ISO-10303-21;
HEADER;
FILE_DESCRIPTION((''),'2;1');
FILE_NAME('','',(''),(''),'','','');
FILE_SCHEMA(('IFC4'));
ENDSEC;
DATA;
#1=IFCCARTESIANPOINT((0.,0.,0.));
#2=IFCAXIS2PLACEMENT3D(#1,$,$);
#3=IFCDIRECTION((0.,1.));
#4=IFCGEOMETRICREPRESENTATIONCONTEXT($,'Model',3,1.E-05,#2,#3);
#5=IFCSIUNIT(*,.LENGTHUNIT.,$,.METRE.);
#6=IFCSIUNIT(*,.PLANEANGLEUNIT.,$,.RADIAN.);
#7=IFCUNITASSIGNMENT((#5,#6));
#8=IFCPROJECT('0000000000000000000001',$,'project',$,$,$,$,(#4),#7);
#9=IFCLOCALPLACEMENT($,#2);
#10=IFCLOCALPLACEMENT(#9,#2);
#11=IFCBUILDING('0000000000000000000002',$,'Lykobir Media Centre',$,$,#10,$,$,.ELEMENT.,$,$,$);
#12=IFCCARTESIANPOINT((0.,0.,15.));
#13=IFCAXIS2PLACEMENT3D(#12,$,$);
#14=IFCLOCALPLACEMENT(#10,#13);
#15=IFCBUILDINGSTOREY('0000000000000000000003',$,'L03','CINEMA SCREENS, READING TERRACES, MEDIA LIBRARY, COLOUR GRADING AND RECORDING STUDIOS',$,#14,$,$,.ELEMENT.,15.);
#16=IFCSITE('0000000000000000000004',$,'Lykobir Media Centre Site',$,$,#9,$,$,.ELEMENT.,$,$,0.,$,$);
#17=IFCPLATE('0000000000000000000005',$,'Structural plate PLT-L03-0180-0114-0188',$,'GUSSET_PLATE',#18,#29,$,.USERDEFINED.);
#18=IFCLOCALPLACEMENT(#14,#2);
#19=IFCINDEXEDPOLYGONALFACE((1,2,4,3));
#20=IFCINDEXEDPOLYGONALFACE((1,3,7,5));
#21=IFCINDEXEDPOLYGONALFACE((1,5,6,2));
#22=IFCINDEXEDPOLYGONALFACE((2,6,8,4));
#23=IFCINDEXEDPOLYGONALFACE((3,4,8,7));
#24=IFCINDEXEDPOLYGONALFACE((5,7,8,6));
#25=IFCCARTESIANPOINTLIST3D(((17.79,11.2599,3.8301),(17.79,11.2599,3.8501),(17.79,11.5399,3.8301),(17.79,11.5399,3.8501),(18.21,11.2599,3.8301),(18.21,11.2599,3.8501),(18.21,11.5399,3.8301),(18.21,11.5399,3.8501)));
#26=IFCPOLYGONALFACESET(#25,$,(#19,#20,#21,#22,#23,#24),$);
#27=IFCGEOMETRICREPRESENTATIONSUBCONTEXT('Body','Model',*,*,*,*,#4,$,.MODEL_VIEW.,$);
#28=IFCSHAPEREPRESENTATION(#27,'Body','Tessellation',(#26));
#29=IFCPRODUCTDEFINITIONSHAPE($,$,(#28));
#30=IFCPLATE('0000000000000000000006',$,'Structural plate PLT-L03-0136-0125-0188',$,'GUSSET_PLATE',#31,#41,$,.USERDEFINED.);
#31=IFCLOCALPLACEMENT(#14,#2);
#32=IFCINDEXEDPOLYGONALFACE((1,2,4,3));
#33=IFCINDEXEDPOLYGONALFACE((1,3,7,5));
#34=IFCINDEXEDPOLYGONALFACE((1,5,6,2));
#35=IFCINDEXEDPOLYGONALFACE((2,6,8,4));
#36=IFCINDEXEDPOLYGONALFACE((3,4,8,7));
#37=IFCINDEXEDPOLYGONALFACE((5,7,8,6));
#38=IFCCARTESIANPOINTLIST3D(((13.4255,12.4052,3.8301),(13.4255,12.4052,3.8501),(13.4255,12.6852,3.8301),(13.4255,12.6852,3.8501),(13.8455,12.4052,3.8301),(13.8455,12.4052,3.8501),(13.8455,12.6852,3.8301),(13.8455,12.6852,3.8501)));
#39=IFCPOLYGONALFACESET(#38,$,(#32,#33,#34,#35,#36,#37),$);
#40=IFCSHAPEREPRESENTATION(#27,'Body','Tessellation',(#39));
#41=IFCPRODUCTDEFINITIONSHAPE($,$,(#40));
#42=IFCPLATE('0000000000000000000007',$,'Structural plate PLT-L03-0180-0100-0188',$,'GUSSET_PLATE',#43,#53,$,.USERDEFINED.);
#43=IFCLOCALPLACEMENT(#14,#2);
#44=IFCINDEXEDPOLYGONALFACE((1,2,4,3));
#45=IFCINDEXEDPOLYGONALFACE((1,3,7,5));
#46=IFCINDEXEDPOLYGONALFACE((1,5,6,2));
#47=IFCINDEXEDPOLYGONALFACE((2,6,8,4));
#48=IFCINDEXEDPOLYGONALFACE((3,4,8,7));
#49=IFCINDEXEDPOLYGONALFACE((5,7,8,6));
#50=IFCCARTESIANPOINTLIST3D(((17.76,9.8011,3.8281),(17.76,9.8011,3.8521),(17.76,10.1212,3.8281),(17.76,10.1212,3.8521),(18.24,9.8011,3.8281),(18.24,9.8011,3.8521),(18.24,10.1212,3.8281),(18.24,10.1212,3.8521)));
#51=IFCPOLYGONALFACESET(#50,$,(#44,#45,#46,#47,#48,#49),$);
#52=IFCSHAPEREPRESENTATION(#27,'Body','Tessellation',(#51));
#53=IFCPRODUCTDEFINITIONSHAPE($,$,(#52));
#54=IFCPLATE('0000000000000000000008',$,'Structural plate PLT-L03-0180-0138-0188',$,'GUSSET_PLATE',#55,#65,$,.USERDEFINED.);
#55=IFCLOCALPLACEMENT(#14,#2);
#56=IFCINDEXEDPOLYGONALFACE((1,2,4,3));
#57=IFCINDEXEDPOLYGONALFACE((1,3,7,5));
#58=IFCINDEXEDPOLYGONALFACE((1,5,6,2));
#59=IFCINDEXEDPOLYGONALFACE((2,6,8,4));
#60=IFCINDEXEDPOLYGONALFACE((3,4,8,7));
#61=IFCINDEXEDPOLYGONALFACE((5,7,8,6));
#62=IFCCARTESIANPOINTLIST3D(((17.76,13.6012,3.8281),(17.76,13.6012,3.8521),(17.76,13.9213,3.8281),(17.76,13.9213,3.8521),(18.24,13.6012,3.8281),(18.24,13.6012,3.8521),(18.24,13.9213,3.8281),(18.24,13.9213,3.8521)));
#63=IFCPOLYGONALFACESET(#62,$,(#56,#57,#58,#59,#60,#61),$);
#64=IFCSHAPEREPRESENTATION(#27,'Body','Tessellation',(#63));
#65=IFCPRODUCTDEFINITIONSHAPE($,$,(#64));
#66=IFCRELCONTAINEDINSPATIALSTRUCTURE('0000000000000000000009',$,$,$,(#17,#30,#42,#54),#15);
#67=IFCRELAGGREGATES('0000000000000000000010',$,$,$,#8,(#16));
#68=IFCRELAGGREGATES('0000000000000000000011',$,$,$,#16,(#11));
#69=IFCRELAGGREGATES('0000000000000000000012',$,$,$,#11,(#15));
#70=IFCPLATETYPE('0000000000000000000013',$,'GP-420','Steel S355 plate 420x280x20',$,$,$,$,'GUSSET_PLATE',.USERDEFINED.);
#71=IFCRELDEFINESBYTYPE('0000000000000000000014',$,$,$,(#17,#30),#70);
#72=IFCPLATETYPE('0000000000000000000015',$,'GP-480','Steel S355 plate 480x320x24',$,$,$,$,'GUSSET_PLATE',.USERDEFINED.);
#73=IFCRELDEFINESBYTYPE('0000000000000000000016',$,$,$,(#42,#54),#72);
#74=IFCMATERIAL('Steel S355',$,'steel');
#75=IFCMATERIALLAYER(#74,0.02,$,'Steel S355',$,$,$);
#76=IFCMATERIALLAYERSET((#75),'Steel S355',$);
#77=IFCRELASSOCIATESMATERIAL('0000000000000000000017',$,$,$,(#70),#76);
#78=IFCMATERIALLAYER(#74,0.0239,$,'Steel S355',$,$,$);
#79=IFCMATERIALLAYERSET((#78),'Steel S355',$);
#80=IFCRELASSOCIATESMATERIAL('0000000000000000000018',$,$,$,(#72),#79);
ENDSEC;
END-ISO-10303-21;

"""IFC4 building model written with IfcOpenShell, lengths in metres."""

from ifc_helpers import new_model, si_unit, direction, frame, origin, origin_2d, place, context, subcontext, project, spatial, rectangle, extrude, material, layer, layer_set, type_object, element, save


model = new_model("IFC4")

# Units and contexts
model_context = context("Model", 3, precision=1e-05, world=origin(), true_north=direction((0.0, 1.0)))
body_context = subcontext(model_context, "Body", "Model", "MODEL_VIEW")
ifc_project = project(units=[si_unit("LENGTHUNIT", "METRE"), si_unit("PLANEANGLEUNIT", "RADIAN")], contexts=[model_context])

# Site, building, storey
site_placement = place(None, origin())
site = spatial("IfcSite", under=ifc_project, at=site_placement, Name="Lykobir Media Centre Site", CompositionType="ELEMENT", RefElevation=0.0)
building_placement = place(site_placement, origin())
building = spatial("IfcBuilding", under=site, at=building_placement, Name="Lykobir Media Centre", CompositionType="ELEMENT")
storey_placement = place(building_placement, frame((0.0, 0.0, 15.0)))
storey = spatial("IfcBuildingStorey", under=building, at=storey_placement, Name="L03", Description="CINEMA SCREENS, READING TERRACES, MEDIA LIBRARY, COLOUR GRADING AND RECORDING STUDIOS", CompositionType="ELEMENT", Elevation=15.0)

# Shared definitions
ifc_material_1 = material(Name="Steel S355", Category="steel")

# Plates
ifc_layer_1 = layer(ifc_material_1, 0.02, Name="Steel S355")
ifc_layer_set_1 = layer_set([ifc_layer_1], Name="Steel S355")
plate_type_1 = type_object("IfcPlateType", Name="GP-420", Description="Steel S355 plate 420x280x20", ElementType="GUSSET_PLATE", PredefinedType="USERDEFINED", material=ifc_layer_set_1)
for number, where, z_axis, x_axis, name in (
    (1, (18.0, 11.3999, 3.8301), (0.0, 0.0, 1.0), (1.0, 0.0, 0.0), "Structural plate PLT-L03-0180-0114-0188"),
    (2, (13.6355, 12.5452, 3.8301), (0.0, 0.0, 1.0), (1.0, 0.0, 0.0), "Structural plate PLT-L03-0136-0125-0188"),
):
    element("IfcPlate", number, at=place(storey_placement, frame(where, z_axis=z_axis, x_axis=x_axis)), inside=storey, type_object=plate_type_1, Name=name, ObjectType="GUSSET_PLATE", PredefinedType="USERDEFINED", context=body_context, shape_type="SweptSolid", body=[
        extrude(rectangle(XDim=0.4199, YDim=0.28, at=origin_2d()), origin(), (0.0, 0.0, 1.0), 0.02),
    ])
ifc_layer_2 = layer(ifc_material_1, 0.0239, Name="Steel S355")
ifc_layer_set_2 = layer_set([ifc_layer_2], Name="Steel S355")
plate_type_2 = type_object("IfcPlateType", Name="GP-480", Description="Steel S355 plate 480x320x24", ElementType="GUSSET_PLATE", PredefinedType="USERDEFINED", material=ifc_layer_set_2)
for number, where, z_axis, x_axis, name in (
    (3, (18.0, 9.9612, 3.8281), (0.0, 0.0, 1.0), (1.0, 0.0, 0.0), "Structural plate PLT-L03-0180-0100-0188"),
    (4, (18.0, 13.7612, 3.8281), (0.0, 0.0, 1.0), (1.0, 0.0, 0.0), "Structural plate PLT-L03-0180-0138-0188"),
):
    element("IfcPlate", number, at=place(storey_placement, frame(where, z_axis=z_axis, x_axis=x_axis)), inside=storey, type_object=plate_type_2, Name=name, ObjectType="GUSSET_PLATE", PredefinedType="USERDEFINED", context=body_context, shape_type="SweptSolid", body=[
        extrude(rectangle(XDim=0.48, YDim=0.3201, at=origin_2d()), origin(), (0.0, 0.0, 1.0), 0.0239),
    ])

save(model, "model.ifc")
